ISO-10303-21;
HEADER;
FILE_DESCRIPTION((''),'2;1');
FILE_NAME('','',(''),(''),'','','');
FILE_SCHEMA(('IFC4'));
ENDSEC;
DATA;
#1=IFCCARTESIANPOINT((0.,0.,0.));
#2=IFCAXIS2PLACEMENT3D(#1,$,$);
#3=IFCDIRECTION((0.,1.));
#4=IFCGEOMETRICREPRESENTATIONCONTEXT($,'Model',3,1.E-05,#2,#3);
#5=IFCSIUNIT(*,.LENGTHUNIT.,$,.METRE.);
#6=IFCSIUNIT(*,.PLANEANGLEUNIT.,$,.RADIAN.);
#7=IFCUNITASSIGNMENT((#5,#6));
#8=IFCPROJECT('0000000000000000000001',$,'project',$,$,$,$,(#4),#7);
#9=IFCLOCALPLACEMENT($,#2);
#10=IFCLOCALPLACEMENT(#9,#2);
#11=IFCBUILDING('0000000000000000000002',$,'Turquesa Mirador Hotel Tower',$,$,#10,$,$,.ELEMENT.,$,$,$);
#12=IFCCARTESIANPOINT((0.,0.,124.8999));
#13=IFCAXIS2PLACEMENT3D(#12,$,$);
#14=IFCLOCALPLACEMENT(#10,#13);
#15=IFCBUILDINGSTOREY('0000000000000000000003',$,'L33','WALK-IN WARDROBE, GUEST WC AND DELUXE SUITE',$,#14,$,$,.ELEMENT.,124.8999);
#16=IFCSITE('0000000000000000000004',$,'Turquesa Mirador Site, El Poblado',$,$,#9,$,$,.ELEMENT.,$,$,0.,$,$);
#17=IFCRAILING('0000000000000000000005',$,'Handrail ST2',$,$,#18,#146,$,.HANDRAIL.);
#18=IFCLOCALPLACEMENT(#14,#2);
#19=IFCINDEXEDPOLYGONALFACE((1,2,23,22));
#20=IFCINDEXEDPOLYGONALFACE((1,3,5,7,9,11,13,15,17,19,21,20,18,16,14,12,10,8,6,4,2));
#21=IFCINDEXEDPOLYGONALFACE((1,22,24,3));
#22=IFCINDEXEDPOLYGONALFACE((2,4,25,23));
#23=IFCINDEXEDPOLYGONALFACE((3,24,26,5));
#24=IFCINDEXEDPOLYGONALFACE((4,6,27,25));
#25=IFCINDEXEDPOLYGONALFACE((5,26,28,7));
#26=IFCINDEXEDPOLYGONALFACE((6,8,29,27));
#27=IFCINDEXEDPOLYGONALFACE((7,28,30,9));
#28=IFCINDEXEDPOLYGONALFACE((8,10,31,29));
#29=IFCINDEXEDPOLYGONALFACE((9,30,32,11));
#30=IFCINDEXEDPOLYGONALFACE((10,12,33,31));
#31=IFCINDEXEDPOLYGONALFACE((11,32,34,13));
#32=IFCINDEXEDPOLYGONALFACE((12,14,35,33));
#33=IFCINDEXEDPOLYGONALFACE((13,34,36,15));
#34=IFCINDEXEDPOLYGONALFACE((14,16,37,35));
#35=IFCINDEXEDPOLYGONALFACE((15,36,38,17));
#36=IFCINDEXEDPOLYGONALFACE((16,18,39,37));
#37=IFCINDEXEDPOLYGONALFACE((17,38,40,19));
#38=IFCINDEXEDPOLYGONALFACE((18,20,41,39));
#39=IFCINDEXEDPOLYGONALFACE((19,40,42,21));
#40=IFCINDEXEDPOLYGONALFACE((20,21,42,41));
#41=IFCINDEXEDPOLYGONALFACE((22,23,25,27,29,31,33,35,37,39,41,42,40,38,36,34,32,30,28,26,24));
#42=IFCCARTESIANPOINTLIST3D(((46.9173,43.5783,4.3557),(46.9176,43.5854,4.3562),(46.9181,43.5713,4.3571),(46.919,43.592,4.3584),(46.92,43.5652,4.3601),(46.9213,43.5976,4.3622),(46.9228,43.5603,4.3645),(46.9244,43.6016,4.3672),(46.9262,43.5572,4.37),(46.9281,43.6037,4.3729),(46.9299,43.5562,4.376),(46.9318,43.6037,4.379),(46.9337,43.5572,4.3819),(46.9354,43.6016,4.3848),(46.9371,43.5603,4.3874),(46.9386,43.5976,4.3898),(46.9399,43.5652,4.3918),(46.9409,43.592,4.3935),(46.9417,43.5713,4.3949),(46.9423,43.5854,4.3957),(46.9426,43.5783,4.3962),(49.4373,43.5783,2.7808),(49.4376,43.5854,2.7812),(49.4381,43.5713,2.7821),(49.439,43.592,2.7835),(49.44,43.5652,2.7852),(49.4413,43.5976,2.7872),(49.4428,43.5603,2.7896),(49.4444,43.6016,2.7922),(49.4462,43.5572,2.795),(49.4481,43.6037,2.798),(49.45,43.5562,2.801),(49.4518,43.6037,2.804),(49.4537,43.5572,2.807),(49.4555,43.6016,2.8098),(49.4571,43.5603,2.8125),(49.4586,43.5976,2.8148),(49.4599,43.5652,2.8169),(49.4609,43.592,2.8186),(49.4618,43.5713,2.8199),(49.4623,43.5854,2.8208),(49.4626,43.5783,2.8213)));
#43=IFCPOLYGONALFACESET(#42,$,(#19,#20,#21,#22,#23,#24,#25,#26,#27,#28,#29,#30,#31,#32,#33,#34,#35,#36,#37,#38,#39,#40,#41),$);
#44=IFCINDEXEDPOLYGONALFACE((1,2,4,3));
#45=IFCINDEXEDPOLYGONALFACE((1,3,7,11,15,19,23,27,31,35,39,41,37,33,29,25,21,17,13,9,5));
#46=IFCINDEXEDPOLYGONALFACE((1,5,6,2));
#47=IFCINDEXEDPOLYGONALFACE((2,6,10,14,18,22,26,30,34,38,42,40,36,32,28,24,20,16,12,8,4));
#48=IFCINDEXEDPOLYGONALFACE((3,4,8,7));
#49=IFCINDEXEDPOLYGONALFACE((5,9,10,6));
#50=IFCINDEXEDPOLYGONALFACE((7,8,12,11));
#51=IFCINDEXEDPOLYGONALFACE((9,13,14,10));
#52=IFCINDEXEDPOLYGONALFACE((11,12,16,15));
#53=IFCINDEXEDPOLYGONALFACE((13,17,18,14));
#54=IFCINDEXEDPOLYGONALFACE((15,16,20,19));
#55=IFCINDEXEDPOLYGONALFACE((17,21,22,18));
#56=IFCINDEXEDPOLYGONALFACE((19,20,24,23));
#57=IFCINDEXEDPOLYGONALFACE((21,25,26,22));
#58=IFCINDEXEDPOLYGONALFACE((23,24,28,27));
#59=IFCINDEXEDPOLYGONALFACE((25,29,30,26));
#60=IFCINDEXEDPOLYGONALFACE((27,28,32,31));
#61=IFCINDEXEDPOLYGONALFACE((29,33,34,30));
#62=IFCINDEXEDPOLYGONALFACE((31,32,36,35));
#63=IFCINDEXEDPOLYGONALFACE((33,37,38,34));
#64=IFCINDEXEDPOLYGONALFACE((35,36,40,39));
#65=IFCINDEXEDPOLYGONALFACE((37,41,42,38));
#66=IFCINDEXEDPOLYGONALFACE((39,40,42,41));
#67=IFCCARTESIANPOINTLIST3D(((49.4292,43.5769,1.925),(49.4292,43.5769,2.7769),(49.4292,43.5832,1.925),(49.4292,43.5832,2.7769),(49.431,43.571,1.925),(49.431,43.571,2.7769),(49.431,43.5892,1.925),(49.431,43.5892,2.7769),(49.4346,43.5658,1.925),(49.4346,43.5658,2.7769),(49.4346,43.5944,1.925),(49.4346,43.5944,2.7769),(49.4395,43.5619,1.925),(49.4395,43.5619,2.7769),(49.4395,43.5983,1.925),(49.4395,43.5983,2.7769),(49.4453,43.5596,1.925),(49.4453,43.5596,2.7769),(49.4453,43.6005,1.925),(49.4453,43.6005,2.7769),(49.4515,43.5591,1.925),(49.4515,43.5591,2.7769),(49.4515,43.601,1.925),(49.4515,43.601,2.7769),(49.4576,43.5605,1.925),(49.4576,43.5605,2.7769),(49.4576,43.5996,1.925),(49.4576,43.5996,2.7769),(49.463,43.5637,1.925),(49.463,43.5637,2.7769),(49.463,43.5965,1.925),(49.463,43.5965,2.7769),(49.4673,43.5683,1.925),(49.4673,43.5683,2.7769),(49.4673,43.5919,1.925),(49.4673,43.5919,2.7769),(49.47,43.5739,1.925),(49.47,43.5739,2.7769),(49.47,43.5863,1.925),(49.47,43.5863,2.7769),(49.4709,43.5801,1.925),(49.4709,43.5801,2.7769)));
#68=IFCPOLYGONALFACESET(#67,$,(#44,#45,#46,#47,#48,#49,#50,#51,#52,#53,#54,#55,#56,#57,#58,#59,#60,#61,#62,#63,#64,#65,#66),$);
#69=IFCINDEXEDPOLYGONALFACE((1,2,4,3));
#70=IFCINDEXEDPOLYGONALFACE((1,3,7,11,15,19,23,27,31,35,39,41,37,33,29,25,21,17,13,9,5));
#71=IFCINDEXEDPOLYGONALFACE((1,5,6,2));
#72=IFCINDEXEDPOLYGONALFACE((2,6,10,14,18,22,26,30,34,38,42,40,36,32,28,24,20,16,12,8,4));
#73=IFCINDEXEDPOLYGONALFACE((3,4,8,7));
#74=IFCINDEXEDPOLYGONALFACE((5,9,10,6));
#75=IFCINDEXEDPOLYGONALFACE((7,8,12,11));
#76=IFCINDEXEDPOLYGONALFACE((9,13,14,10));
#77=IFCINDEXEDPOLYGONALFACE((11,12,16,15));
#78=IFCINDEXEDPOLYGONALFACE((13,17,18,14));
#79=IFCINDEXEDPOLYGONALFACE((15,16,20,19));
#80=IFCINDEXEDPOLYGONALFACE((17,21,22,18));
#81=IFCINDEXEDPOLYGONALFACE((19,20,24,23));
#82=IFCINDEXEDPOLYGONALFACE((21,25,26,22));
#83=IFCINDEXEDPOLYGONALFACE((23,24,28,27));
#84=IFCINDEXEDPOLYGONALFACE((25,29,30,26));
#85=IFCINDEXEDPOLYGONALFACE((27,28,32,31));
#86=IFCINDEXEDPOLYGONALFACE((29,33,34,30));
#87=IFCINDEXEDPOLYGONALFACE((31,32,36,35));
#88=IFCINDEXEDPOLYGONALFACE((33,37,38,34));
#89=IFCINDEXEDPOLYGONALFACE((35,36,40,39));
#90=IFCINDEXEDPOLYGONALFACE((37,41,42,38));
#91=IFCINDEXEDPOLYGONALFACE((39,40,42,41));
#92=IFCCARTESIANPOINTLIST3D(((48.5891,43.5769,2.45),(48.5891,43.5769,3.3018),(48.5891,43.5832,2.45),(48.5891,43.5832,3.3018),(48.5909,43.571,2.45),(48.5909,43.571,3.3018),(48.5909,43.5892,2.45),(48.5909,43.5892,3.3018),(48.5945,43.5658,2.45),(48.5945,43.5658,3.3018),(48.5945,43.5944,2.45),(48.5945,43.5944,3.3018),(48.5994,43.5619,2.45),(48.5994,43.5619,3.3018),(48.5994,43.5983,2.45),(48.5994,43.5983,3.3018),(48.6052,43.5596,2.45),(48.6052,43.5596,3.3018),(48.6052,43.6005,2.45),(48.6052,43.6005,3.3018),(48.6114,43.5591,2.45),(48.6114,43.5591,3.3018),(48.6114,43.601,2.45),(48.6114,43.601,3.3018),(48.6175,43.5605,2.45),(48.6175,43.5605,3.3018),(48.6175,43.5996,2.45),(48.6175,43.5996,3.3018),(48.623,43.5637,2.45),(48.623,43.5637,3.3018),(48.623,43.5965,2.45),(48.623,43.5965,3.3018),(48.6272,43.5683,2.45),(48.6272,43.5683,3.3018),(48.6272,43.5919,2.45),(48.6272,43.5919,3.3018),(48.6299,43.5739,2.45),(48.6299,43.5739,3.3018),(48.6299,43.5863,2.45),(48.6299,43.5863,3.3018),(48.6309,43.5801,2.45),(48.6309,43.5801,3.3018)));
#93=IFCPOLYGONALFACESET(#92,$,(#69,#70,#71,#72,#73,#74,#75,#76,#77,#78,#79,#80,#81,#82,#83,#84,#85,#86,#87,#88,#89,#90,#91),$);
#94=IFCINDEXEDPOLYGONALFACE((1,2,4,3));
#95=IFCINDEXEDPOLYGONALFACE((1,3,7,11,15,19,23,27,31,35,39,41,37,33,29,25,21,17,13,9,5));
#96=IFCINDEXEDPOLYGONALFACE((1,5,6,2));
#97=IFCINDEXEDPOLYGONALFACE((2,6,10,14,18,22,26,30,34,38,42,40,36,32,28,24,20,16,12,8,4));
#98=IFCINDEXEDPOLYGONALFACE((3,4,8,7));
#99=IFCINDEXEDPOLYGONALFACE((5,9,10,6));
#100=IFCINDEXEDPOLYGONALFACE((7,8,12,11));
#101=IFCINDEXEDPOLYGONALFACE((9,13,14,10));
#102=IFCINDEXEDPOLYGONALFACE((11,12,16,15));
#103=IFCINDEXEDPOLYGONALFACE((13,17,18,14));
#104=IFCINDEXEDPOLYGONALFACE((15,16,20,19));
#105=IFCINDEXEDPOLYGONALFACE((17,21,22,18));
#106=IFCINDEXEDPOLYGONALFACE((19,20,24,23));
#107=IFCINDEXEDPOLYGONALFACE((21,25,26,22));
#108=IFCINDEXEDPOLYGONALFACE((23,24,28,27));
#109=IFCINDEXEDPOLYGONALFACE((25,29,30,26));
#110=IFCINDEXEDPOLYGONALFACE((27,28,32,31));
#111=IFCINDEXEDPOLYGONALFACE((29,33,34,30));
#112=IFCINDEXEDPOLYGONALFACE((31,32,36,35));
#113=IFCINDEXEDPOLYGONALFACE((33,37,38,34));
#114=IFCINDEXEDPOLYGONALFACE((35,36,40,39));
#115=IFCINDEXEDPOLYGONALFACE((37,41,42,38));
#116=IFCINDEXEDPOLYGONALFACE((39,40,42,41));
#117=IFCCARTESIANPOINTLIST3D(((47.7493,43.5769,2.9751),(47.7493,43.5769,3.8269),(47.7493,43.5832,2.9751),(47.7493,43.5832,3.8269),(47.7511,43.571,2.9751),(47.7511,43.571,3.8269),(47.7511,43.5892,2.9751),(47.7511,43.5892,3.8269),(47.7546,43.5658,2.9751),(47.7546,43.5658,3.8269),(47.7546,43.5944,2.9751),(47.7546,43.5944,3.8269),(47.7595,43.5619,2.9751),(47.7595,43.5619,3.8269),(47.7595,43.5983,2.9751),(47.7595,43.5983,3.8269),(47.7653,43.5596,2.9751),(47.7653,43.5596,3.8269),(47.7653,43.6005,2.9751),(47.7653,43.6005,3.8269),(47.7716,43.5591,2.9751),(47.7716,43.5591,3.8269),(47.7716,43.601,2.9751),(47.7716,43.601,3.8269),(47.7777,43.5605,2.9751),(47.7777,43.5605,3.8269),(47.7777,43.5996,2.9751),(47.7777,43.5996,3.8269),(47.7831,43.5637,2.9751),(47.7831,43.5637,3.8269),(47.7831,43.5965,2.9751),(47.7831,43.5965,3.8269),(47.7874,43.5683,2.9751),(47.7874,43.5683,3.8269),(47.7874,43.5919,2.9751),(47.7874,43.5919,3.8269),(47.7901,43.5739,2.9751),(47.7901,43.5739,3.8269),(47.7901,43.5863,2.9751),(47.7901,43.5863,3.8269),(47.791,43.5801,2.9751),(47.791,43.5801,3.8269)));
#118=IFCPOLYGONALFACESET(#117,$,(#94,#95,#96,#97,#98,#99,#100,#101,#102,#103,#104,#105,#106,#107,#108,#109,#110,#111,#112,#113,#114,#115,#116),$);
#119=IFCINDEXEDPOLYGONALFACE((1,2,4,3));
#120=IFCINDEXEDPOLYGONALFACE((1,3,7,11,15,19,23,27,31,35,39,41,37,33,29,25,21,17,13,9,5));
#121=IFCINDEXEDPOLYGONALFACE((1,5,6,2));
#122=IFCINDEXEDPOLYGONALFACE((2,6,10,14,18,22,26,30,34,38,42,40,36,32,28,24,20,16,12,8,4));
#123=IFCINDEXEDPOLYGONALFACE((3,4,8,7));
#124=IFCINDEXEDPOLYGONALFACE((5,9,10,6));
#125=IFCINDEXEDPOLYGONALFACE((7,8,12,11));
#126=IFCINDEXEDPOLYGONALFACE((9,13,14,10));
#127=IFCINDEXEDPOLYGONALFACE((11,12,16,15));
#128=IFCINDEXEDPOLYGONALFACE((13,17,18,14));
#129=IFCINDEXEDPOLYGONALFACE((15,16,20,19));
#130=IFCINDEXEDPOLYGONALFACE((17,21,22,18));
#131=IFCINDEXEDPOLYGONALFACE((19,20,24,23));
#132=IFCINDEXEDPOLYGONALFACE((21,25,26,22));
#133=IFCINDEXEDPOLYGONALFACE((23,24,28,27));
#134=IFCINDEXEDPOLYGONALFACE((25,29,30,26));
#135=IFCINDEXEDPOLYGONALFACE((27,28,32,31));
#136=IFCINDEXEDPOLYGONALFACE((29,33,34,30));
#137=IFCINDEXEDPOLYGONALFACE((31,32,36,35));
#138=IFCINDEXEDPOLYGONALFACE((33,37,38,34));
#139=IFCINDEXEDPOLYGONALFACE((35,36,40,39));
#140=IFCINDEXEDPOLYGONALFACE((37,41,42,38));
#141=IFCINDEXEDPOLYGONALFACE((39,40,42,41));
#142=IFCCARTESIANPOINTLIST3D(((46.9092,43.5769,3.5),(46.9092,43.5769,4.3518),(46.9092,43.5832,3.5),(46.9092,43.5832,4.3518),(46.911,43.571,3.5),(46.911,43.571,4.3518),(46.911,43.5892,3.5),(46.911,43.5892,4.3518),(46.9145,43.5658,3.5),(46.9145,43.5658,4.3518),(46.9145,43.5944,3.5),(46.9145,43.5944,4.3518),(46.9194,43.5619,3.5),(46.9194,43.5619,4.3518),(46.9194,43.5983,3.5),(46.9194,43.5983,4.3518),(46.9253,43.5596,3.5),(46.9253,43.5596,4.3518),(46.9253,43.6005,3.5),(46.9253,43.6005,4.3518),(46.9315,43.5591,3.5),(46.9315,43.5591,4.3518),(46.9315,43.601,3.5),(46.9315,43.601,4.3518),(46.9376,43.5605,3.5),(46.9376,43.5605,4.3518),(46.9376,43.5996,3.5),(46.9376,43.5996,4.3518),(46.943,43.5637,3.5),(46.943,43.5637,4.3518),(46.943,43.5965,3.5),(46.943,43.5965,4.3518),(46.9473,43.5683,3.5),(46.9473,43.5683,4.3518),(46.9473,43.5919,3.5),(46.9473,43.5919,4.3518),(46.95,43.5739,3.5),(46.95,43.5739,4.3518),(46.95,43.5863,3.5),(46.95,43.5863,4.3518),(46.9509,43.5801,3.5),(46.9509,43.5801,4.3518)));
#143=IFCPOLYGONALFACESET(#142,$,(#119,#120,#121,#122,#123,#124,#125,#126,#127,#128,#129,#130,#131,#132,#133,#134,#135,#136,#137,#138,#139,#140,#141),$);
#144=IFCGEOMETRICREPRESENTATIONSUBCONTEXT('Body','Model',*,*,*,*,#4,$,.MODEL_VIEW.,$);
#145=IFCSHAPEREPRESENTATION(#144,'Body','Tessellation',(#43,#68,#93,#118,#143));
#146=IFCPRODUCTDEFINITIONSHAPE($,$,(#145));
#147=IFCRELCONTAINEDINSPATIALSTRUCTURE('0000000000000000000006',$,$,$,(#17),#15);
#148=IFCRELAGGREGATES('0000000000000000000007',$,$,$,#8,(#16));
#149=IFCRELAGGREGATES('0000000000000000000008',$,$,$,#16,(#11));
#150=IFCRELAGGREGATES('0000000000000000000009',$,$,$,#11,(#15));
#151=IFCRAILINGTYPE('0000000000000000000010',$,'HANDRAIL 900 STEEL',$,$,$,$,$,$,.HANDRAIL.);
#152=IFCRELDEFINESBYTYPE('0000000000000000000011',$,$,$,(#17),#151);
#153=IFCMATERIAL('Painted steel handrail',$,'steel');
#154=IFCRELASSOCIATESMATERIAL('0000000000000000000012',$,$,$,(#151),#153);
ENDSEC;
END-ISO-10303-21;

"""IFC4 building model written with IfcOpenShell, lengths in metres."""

from ifc_helpers import new_model, si_unit, direction, frame, origin, origin_2d, place, context, subcontext, project, spatial, circle, extrude, material, type_object, element, save


model = new_model("IFC4")

# Units and contexts
model_context = context("Model", 3, precision=1e-05, world=origin(), true_north=direction((0.0, 1.0)))
body_context = subcontext(model_context, "Body", "Model", "MODEL_VIEW")
ifc_project = project(units=[si_unit("LENGTHUNIT", "METRE"), si_unit("PLANEANGLEUNIT", "RADIAN")], contexts=[model_context])

# Site, building, storey
site_placement = place(None, origin())
site = spatial("IfcSite", under=ifc_project, at=site_placement, Name="Turquesa Mirador Site, El Poblado", CompositionType="ELEMENT", RefElevation=0.0)
building_placement = place(site_placement, origin())
building = spatial("IfcBuilding", under=site, at=building_placement, Name="Turquesa Mirador Hotel Tower", CompositionType="ELEMENT")
storey_placement = place(building_placement, frame((0.0, 0.0, 124.8999)))
storey = spatial("IfcBuildingStorey", under=building, at=storey_placement, Name="L33", Description="WALK-IN WARDROBE, GUEST WC AND DELUXE SUITE", CompositionType="ELEMENT", Elevation=124.8999)

# Railing
ifc_material_1 = material(Name="Painted steel handrail", Category="steel")
railing_type = type_object("IfcRailingType", Name="HANDRAIL 900 STEEL", PredefinedType="HANDRAIL", material=ifc_material_1)
railing_1_placement = place(storey_placement, frame((49.45, 43.5801, 1.925)))
element("IfcRailing", 1, at=railing_1_placement, inside=storey, type_object=railing_type, Name="Handrail ST2", PredefinedType="HANDRAIL", context=body_context, shape_type="SweptSolid", body=[
    extrude(circle(Radius=0.0239, at=origin_2d()), frame((0.0, 0.0, 0.876), z_axis=(-0.848008, 0.0, 0.529984), x_axis=(0.0, -1.0, 0.0)), (0.0, 0.0, 1.0), 2.9717),
    extrude(circle(Radius=0.021, at=origin_2d()), origin(), (0.0, 0.0, 1.0), 0.8518),
    extrude(circle(Radius=0.021, at=origin_2d()), frame((-0.8401, 0.0, 0.5249)), (0.0, 0.0, 1.0), 0.8518),
    extrude(circle(Radius=0.021, at=origin_2d()), frame((-1.6799, 0.0, 1.05)), (0.0, 0.0, 1.0), 0.8518),
    extrude(circle(Radius=0.021, at=origin_2d()), frame((-2.52, 0.0, 1.575)), (0.0, 0.0, 1.0), 0.8518),
])

save(model, "model.ifc")
